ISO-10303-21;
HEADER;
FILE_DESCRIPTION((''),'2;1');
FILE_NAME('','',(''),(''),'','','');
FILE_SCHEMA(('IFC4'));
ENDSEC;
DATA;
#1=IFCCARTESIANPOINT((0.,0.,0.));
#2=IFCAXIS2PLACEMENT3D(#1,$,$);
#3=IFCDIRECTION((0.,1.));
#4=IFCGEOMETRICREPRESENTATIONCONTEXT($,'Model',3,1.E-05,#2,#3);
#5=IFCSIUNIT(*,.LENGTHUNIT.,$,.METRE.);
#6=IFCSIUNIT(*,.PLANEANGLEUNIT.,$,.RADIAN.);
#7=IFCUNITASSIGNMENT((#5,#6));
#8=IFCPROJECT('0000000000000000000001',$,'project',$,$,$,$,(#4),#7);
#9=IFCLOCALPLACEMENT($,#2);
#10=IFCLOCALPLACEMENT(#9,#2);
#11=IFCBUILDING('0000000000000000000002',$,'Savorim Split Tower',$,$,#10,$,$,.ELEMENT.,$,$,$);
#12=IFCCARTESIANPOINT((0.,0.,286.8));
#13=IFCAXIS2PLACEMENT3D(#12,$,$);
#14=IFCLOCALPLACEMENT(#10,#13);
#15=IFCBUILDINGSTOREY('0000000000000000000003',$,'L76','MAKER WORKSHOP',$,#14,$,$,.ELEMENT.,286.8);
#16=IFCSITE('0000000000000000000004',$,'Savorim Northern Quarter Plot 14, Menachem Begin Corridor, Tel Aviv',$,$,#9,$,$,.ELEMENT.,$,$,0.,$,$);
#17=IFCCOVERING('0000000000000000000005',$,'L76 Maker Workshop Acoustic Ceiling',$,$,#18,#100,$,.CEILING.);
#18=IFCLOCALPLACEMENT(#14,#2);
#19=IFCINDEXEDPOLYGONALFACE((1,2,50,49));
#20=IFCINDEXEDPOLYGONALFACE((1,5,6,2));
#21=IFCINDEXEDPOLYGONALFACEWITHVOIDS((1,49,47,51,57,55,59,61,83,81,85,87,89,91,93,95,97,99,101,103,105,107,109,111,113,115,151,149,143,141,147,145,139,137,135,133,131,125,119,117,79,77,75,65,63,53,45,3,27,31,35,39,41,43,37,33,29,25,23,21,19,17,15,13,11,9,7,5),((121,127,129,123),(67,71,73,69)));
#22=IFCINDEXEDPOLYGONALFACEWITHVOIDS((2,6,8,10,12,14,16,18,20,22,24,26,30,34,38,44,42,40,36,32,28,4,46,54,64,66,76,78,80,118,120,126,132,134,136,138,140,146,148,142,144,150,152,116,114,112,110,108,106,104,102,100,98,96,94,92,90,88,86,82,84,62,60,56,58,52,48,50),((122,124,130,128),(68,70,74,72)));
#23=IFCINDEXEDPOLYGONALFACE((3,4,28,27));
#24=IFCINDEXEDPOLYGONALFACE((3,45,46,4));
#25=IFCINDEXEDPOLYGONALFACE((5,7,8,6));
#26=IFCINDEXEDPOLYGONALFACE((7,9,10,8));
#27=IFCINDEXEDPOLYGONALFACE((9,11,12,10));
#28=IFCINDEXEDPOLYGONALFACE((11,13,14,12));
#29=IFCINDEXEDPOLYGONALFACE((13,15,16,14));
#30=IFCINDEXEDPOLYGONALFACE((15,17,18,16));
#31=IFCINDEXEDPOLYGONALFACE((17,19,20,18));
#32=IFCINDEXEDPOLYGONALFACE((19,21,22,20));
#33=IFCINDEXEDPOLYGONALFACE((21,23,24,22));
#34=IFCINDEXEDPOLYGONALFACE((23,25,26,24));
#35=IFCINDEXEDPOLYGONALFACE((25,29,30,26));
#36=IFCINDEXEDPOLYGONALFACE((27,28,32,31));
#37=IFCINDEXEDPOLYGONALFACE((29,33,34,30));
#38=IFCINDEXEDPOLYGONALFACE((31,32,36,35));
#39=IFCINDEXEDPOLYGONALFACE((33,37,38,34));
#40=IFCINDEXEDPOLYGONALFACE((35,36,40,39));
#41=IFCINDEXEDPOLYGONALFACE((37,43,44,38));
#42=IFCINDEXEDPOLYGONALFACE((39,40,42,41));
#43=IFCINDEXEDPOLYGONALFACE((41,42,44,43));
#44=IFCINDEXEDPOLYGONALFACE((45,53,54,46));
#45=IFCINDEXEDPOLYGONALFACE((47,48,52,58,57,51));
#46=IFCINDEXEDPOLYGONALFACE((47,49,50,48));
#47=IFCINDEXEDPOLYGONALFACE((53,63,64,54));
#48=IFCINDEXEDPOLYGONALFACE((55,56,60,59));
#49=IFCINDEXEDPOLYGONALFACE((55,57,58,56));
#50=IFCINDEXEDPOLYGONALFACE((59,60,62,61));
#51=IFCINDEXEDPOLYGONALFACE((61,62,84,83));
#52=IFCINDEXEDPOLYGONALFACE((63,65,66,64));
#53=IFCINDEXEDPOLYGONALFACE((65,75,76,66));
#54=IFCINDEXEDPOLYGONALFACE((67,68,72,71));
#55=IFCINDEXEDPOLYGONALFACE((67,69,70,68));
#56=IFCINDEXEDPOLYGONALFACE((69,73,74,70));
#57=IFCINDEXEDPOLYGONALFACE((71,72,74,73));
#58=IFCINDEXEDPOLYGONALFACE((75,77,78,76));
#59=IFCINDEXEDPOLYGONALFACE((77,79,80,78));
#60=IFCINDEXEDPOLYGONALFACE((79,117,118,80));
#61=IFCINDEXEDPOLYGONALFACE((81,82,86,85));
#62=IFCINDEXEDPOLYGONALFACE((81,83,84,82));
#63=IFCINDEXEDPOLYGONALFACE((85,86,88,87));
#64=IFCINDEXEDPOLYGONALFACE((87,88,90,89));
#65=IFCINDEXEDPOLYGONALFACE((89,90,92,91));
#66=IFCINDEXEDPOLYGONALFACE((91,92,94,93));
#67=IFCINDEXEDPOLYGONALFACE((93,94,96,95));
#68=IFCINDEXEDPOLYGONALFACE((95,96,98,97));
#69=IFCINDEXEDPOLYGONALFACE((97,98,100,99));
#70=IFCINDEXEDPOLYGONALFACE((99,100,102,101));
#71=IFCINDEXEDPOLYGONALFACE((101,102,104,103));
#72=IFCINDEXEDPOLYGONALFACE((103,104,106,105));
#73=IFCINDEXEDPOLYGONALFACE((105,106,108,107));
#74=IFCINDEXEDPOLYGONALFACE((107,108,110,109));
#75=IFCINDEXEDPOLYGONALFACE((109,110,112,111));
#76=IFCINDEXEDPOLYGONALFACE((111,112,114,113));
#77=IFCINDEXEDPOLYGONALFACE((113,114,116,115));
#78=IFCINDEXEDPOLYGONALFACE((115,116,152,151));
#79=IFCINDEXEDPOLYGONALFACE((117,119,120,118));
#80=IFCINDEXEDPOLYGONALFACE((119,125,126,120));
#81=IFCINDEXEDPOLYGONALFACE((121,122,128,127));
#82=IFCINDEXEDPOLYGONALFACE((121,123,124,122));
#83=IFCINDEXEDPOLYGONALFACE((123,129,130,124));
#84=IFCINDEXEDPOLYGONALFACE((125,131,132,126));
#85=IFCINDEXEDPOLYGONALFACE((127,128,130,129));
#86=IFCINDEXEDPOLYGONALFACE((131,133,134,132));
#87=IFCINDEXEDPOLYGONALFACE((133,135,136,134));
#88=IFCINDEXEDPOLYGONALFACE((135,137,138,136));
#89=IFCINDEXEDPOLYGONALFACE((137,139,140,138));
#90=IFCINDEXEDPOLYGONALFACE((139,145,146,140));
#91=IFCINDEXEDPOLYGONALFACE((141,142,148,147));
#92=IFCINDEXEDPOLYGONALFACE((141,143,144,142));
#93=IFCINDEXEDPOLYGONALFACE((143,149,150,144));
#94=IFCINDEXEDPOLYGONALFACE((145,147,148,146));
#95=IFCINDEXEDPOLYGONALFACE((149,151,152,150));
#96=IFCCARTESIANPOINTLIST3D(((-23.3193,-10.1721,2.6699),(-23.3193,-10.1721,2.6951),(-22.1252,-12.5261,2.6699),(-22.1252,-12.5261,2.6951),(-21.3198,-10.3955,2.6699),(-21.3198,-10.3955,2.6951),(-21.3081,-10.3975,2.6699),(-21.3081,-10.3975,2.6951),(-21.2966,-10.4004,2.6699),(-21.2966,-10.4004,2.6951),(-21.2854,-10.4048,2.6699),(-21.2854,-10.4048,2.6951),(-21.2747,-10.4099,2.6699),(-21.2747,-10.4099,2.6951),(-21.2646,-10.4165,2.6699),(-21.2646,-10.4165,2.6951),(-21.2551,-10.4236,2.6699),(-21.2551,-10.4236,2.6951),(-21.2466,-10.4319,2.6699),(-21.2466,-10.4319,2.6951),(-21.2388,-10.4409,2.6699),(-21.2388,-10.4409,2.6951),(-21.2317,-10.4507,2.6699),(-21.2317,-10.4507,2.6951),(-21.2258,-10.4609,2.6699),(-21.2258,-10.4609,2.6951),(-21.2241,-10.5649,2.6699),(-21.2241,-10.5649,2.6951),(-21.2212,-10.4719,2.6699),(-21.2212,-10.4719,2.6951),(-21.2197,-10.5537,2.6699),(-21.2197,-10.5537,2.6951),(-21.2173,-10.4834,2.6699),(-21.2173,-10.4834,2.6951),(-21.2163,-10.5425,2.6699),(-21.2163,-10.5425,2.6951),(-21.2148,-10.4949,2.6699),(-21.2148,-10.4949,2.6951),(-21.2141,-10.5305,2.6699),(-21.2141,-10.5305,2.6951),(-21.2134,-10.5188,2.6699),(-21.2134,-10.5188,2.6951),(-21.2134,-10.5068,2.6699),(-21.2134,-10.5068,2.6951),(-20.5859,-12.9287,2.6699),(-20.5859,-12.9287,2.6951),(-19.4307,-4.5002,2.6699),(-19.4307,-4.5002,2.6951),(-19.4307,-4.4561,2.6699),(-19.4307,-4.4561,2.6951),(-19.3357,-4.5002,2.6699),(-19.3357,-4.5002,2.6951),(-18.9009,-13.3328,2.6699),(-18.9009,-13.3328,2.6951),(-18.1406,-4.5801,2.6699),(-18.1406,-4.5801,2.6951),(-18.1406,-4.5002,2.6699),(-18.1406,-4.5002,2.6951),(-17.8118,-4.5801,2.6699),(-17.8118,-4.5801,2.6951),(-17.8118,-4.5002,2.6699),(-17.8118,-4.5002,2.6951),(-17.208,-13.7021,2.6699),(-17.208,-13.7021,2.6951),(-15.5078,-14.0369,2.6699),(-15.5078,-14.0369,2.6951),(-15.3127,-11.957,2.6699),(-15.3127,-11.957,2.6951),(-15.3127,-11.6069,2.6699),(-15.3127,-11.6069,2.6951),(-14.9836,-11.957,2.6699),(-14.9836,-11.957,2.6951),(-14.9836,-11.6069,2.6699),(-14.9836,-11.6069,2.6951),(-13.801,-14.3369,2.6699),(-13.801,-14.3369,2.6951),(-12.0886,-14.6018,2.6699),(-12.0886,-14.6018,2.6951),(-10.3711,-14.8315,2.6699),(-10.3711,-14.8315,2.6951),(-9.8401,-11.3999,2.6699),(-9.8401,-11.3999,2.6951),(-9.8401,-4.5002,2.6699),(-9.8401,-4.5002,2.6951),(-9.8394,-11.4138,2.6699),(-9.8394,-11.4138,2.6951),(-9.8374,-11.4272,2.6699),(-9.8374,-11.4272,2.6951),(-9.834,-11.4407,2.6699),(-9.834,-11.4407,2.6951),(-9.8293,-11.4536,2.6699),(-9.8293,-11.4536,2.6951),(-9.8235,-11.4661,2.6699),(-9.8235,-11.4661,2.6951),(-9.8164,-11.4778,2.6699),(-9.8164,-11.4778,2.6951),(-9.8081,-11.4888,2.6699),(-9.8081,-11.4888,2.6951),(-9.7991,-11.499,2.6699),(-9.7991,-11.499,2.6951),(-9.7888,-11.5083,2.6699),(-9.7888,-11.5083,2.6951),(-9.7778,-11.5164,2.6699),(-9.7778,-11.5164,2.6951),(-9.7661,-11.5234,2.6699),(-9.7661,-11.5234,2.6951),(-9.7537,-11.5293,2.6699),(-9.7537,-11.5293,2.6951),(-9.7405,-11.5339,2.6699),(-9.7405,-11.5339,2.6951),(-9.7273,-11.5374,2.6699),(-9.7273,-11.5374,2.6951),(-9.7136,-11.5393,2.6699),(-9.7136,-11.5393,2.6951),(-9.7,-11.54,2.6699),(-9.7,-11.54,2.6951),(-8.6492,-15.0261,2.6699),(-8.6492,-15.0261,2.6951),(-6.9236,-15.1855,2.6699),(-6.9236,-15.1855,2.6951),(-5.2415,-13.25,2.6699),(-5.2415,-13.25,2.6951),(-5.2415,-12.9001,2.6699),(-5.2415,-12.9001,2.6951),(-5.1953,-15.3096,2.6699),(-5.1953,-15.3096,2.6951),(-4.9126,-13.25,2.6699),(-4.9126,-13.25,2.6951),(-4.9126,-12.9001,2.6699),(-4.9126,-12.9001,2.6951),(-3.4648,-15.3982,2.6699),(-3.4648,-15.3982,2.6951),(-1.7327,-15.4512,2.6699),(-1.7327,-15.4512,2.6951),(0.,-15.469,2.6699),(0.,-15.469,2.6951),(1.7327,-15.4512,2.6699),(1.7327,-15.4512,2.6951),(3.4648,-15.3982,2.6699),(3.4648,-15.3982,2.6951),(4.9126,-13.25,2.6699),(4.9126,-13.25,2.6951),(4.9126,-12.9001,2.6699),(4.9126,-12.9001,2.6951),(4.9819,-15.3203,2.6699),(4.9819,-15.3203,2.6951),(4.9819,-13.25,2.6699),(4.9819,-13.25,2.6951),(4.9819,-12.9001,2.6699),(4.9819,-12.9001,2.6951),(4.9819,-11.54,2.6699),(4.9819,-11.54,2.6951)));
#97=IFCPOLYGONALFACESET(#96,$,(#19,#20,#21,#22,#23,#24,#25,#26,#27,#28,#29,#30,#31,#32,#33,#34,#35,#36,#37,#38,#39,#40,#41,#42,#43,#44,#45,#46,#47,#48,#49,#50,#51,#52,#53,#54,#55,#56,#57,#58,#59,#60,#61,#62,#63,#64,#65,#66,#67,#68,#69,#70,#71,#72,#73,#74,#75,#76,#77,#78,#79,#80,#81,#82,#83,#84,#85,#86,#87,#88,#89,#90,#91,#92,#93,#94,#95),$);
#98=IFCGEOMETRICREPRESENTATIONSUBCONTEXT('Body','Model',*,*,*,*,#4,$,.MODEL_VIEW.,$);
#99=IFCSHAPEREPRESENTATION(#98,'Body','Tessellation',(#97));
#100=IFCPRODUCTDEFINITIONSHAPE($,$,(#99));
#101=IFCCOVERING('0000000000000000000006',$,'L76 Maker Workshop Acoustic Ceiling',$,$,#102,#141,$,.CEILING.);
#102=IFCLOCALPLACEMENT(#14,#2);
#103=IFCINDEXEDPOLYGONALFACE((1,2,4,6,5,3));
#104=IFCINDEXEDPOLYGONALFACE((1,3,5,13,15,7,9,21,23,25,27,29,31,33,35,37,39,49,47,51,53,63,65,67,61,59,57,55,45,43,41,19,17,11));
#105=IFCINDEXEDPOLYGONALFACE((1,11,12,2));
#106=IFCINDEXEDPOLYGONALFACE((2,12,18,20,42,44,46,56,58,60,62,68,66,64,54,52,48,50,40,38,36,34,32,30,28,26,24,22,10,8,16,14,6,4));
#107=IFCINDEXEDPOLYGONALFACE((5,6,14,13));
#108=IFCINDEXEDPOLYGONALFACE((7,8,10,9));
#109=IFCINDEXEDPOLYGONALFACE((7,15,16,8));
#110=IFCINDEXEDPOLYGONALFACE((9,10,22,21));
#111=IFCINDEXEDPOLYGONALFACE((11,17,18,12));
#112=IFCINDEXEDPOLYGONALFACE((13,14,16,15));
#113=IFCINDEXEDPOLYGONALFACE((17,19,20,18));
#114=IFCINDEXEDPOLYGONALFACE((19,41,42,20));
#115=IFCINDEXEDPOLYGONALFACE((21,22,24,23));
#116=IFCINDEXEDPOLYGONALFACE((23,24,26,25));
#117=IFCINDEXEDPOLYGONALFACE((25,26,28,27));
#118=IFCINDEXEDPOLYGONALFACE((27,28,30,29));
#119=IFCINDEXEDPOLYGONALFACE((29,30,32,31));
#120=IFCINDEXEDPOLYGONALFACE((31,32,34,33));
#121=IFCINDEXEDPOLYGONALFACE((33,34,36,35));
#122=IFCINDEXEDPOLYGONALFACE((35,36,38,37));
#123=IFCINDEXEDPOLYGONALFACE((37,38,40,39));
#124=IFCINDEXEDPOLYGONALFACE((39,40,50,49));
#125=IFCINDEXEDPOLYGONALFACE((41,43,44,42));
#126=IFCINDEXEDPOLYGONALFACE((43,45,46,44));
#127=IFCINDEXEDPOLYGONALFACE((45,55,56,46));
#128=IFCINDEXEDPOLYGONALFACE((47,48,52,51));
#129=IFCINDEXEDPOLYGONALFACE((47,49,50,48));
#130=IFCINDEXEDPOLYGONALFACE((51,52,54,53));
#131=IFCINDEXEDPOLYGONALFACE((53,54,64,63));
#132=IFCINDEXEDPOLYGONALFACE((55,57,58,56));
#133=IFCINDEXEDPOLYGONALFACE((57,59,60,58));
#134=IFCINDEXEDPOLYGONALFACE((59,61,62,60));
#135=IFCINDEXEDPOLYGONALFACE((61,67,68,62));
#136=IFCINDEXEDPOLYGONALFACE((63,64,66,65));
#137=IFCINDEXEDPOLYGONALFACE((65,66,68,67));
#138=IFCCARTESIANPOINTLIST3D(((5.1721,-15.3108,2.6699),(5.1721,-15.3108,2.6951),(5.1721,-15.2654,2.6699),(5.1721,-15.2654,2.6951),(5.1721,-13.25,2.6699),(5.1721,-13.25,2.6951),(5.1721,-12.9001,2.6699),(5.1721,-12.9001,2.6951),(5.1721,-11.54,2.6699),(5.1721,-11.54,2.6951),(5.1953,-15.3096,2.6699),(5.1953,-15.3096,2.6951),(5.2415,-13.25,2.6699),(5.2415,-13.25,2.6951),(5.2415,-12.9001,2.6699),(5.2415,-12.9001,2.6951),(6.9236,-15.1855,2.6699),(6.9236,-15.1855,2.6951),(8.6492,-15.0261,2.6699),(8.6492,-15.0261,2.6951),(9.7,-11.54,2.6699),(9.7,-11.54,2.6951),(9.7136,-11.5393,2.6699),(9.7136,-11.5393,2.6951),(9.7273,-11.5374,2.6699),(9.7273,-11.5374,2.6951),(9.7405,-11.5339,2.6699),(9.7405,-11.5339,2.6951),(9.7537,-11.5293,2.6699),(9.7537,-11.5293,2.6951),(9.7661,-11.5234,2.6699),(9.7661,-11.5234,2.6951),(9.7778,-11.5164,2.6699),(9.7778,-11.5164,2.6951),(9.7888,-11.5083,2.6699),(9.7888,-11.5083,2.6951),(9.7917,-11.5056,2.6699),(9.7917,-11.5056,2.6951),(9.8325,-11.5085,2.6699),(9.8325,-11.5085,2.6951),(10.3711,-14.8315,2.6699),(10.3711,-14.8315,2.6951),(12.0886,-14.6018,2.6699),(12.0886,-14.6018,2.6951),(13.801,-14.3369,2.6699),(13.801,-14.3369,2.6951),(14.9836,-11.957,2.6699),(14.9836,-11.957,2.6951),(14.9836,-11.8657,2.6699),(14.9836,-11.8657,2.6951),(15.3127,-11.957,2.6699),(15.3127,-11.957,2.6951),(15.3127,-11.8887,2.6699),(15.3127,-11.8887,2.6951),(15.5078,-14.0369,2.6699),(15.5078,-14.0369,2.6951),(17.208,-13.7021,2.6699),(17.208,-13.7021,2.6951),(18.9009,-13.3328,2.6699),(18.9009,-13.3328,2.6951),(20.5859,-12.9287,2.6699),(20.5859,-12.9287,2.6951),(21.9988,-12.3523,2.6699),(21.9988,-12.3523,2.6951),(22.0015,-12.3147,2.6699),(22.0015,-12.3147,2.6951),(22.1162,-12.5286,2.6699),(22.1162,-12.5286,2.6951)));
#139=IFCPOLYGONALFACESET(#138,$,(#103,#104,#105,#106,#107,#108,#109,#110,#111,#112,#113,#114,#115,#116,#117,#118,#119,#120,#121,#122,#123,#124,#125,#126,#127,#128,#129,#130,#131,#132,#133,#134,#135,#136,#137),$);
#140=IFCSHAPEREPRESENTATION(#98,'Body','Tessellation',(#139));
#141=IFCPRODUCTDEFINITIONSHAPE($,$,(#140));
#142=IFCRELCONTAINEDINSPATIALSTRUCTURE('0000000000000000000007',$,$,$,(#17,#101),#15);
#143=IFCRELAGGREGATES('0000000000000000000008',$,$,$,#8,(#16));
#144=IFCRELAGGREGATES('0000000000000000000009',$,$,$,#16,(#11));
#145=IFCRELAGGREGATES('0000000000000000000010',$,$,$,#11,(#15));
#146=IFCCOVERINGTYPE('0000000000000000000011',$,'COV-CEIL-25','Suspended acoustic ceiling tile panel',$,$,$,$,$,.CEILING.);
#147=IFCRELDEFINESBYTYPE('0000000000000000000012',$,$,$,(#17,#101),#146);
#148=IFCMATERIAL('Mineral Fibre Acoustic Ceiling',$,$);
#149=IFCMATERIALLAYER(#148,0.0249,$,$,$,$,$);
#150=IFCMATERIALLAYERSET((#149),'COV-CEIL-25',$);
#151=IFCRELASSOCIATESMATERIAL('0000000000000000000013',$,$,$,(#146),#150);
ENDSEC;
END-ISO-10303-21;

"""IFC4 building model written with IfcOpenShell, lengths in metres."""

from ifc_helpers import new_model, si_unit, direction, frame, origin, place, context, subcontext, project, spatial, polyline, outline, extrude, material, layer, layer_set, type_object, element, save


model = new_model("IFC4")

# Units and contexts
model_context = context("Model", 3, precision=1e-05, world=origin(), true_north=direction((0.0, 1.0)))
body_context = subcontext(model_context, "Body", "Model", "MODEL_VIEW")
ifc_project = project(units=[si_unit("LENGTHUNIT", "METRE"), si_unit("PLANEANGLEUNIT", "RADIAN")], contexts=[model_context])

# Site, building, storey
site_placement = place(None, origin())
site = spatial("IfcSite", under=ifc_project, at=site_placement, Name="Savorim Northern Quarter Plot 14, Menachem Begin Corridor, Tel Aviv", CompositionType="ELEMENT", RefElevation=0.0)
building_placement = place(site_placement, origin())
building = spatial("IfcBuilding", under=site, at=building_placement, Name="Savorim Split Tower", CompositionType="ELEMENT")
storey_placement = place(building_placement, frame((0.0, 0.0, 286.8)))
storey = spatial("IfcBuildingStorey", under=building, at=storey_placement, Name="L76", Description="MAKER WORKSHOP", CompositionType="ELEMENT", Elevation=286.8)

# Coverings
ifc_material_1 = material(Name="Mineral Fibre Acoustic Ceiling")
ifc_layer_1 = layer(ifc_material_1, 0.0249)
ifc_layer_set_1 = layer_set([ifc_layer_1], Name="COV-CEIL-25")
covering_type_1 = type_object("IfcCoveringType", Name="COV-CEIL-25", Description="Suspended acoustic ceiling tile panel", PredefinedType="CEILING", material=ifc_layer_set_1)
covering_1_placement = place(storey_placement, frame((0.0, 0.0, 2.6699)))
element("IfcCovering", 1, at=covering_1_placement, inside=storey, type_object=covering_type_1, Name="L76 Maker Workshop Acoustic Ceiling", PredefinedType="CEILING", context=body_context, shape_type="SweptSolid", body=[
    extrude(outline(polyline([(-21.2134, -10.5068), (-21.2134, -10.5188), (-21.2141, -10.5305), (-21.2163, -10.5425), (-21.2197, -10.5537), (-21.2241, -10.5649), (-22.1252, -12.5261), (-20.5859, -12.9287), (-18.9009, -13.3328), (-17.208, -13.7021), (-15.5078, -14.0369), (-13.801, -14.3369), (-12.0886, -14.6018), (-10.3711, -14.8315), (-8.6492, -15.0261), (-6.9236, -15.1855), (-5.1953, -15.3096), (-3.4648, -15.3982), (-1.7327, -15.4512), (0.0, -15.469), (1.7327, -15.4512), (3.4648, -15.3982), (4.9819, -15.3203), (4.9819, -13.25), (4.9126, -13.25), (4.9126, -12.9001), (4.9819, -12.9001), (4.9819, -11.54), (-9.7, -11.54), (-9.7136, -11.5393), (-9.7273, -11.5374), (-9.7405, -11.5339), (-9.7537, -11.5293), (-9.7661, -11.5234), (-9.7778, -11.5164), (-9.7888, -11.5083), (-9.7991, -11.499), (-9.8081, -11.4888), (-9.8164, -11.4778), (-9.8235, -11.4661), (-9.8293, -11.4536), (-9.834, -11.4407), (-9.8374, -11.4272), (-9.8394, -11.4138), (-9.8401, -11.3999), (-9.8401, -4.5002), (-17.8118, -4.5002), (-17.8118, -4.5801), (-18.1406, -4.5801), (-18.1406, -4.5002), (-19.3357, -4.5002), (-19.4307, -4.5002), (-19.4307, -4.4561), (-23.3193, -10.1721), (-21.3198, -10.3955), (-21.3081, -10.3975), (-21.2966, -10.4004), (-21.2854, -10.4048), (-21.2747, -10.4099), (-21.2646, -10.4165), (-21.2551, -10.4236), (-21.2466, -10.4319), (-21.2388, -10.4409), (-21.2317, -10.4507), (-21.2258, -10.4609), (-21.2212, -10.4719), (-21.2173, -10.4834), (-21.2148, -10.4949), (-21.2134, -10.5068)]), holes=[polyline([(-15.3127, -11.957), (-14.9836, -11.957), (-14.9836, -11.6069), (-15.3127, -11.6069), (-15.3127, -11.957)]), polyline([(-5.2415, -13.25), (-4.9126, -13.25), (-4.9126, -12.9001), (-5.2415, -12.9001), (-5.2415, -13.25)])]), origin(), (0.0, 0.0, 1.0), 0.0251),
])
covering_2_placement = place(storey_placement, frame((0.0, 0.0, 2.6699)))
element("IfcCovering", 2, at=covering_2_placement, inside=storey, type_object=covering_type_1, Name="L76 Maker Workshop Acoustic Ceiling", PredefinedType="CEILING", context=body_context, shape_type="SweptSolid", body=[
    extrude(outline(polyline([(17.208, -13.7021), (18.9009, -13.3328), (20.5859, -12.9287), (22.1162, -12.5286), (22.0015, -12.3147), (21.9988, -12.3523), (15.3127, -11.8887), (15.3127, -11.957), (14.9836, -11.957), (14.9836, -11.8657), (9.8325, -11.5085), (9.7917, -11.5056), (9.7888, -11.5083), (9.7778, -11.5164), (9.7661, -11.5234), (9.7537, -11.5293), (9.7405, -11.5339), (9.7273, -11.5374), (9.7136, -11.5393), (9.7, -11.54), (5.1721, -11.54), (5.1721, -12.9001), (5.2415, -12.9001), (5.2415, -13.25), (5.1721, -13.25), (5.1721, -15.2654), (5.1721, -15.3108), (5.1953, -15.3096), (6.9236, -15.1855), (8.6492, -15.0261), (10.3711, -14.8315), (12.0886, -14.6018), (13.801, -14.3369), (15.5078, -14.0369), (17.208, -13.7021)])), origin(), (0.0, 0.0, 1.0), 0.0251),
])

save(model, "model.ifc")
